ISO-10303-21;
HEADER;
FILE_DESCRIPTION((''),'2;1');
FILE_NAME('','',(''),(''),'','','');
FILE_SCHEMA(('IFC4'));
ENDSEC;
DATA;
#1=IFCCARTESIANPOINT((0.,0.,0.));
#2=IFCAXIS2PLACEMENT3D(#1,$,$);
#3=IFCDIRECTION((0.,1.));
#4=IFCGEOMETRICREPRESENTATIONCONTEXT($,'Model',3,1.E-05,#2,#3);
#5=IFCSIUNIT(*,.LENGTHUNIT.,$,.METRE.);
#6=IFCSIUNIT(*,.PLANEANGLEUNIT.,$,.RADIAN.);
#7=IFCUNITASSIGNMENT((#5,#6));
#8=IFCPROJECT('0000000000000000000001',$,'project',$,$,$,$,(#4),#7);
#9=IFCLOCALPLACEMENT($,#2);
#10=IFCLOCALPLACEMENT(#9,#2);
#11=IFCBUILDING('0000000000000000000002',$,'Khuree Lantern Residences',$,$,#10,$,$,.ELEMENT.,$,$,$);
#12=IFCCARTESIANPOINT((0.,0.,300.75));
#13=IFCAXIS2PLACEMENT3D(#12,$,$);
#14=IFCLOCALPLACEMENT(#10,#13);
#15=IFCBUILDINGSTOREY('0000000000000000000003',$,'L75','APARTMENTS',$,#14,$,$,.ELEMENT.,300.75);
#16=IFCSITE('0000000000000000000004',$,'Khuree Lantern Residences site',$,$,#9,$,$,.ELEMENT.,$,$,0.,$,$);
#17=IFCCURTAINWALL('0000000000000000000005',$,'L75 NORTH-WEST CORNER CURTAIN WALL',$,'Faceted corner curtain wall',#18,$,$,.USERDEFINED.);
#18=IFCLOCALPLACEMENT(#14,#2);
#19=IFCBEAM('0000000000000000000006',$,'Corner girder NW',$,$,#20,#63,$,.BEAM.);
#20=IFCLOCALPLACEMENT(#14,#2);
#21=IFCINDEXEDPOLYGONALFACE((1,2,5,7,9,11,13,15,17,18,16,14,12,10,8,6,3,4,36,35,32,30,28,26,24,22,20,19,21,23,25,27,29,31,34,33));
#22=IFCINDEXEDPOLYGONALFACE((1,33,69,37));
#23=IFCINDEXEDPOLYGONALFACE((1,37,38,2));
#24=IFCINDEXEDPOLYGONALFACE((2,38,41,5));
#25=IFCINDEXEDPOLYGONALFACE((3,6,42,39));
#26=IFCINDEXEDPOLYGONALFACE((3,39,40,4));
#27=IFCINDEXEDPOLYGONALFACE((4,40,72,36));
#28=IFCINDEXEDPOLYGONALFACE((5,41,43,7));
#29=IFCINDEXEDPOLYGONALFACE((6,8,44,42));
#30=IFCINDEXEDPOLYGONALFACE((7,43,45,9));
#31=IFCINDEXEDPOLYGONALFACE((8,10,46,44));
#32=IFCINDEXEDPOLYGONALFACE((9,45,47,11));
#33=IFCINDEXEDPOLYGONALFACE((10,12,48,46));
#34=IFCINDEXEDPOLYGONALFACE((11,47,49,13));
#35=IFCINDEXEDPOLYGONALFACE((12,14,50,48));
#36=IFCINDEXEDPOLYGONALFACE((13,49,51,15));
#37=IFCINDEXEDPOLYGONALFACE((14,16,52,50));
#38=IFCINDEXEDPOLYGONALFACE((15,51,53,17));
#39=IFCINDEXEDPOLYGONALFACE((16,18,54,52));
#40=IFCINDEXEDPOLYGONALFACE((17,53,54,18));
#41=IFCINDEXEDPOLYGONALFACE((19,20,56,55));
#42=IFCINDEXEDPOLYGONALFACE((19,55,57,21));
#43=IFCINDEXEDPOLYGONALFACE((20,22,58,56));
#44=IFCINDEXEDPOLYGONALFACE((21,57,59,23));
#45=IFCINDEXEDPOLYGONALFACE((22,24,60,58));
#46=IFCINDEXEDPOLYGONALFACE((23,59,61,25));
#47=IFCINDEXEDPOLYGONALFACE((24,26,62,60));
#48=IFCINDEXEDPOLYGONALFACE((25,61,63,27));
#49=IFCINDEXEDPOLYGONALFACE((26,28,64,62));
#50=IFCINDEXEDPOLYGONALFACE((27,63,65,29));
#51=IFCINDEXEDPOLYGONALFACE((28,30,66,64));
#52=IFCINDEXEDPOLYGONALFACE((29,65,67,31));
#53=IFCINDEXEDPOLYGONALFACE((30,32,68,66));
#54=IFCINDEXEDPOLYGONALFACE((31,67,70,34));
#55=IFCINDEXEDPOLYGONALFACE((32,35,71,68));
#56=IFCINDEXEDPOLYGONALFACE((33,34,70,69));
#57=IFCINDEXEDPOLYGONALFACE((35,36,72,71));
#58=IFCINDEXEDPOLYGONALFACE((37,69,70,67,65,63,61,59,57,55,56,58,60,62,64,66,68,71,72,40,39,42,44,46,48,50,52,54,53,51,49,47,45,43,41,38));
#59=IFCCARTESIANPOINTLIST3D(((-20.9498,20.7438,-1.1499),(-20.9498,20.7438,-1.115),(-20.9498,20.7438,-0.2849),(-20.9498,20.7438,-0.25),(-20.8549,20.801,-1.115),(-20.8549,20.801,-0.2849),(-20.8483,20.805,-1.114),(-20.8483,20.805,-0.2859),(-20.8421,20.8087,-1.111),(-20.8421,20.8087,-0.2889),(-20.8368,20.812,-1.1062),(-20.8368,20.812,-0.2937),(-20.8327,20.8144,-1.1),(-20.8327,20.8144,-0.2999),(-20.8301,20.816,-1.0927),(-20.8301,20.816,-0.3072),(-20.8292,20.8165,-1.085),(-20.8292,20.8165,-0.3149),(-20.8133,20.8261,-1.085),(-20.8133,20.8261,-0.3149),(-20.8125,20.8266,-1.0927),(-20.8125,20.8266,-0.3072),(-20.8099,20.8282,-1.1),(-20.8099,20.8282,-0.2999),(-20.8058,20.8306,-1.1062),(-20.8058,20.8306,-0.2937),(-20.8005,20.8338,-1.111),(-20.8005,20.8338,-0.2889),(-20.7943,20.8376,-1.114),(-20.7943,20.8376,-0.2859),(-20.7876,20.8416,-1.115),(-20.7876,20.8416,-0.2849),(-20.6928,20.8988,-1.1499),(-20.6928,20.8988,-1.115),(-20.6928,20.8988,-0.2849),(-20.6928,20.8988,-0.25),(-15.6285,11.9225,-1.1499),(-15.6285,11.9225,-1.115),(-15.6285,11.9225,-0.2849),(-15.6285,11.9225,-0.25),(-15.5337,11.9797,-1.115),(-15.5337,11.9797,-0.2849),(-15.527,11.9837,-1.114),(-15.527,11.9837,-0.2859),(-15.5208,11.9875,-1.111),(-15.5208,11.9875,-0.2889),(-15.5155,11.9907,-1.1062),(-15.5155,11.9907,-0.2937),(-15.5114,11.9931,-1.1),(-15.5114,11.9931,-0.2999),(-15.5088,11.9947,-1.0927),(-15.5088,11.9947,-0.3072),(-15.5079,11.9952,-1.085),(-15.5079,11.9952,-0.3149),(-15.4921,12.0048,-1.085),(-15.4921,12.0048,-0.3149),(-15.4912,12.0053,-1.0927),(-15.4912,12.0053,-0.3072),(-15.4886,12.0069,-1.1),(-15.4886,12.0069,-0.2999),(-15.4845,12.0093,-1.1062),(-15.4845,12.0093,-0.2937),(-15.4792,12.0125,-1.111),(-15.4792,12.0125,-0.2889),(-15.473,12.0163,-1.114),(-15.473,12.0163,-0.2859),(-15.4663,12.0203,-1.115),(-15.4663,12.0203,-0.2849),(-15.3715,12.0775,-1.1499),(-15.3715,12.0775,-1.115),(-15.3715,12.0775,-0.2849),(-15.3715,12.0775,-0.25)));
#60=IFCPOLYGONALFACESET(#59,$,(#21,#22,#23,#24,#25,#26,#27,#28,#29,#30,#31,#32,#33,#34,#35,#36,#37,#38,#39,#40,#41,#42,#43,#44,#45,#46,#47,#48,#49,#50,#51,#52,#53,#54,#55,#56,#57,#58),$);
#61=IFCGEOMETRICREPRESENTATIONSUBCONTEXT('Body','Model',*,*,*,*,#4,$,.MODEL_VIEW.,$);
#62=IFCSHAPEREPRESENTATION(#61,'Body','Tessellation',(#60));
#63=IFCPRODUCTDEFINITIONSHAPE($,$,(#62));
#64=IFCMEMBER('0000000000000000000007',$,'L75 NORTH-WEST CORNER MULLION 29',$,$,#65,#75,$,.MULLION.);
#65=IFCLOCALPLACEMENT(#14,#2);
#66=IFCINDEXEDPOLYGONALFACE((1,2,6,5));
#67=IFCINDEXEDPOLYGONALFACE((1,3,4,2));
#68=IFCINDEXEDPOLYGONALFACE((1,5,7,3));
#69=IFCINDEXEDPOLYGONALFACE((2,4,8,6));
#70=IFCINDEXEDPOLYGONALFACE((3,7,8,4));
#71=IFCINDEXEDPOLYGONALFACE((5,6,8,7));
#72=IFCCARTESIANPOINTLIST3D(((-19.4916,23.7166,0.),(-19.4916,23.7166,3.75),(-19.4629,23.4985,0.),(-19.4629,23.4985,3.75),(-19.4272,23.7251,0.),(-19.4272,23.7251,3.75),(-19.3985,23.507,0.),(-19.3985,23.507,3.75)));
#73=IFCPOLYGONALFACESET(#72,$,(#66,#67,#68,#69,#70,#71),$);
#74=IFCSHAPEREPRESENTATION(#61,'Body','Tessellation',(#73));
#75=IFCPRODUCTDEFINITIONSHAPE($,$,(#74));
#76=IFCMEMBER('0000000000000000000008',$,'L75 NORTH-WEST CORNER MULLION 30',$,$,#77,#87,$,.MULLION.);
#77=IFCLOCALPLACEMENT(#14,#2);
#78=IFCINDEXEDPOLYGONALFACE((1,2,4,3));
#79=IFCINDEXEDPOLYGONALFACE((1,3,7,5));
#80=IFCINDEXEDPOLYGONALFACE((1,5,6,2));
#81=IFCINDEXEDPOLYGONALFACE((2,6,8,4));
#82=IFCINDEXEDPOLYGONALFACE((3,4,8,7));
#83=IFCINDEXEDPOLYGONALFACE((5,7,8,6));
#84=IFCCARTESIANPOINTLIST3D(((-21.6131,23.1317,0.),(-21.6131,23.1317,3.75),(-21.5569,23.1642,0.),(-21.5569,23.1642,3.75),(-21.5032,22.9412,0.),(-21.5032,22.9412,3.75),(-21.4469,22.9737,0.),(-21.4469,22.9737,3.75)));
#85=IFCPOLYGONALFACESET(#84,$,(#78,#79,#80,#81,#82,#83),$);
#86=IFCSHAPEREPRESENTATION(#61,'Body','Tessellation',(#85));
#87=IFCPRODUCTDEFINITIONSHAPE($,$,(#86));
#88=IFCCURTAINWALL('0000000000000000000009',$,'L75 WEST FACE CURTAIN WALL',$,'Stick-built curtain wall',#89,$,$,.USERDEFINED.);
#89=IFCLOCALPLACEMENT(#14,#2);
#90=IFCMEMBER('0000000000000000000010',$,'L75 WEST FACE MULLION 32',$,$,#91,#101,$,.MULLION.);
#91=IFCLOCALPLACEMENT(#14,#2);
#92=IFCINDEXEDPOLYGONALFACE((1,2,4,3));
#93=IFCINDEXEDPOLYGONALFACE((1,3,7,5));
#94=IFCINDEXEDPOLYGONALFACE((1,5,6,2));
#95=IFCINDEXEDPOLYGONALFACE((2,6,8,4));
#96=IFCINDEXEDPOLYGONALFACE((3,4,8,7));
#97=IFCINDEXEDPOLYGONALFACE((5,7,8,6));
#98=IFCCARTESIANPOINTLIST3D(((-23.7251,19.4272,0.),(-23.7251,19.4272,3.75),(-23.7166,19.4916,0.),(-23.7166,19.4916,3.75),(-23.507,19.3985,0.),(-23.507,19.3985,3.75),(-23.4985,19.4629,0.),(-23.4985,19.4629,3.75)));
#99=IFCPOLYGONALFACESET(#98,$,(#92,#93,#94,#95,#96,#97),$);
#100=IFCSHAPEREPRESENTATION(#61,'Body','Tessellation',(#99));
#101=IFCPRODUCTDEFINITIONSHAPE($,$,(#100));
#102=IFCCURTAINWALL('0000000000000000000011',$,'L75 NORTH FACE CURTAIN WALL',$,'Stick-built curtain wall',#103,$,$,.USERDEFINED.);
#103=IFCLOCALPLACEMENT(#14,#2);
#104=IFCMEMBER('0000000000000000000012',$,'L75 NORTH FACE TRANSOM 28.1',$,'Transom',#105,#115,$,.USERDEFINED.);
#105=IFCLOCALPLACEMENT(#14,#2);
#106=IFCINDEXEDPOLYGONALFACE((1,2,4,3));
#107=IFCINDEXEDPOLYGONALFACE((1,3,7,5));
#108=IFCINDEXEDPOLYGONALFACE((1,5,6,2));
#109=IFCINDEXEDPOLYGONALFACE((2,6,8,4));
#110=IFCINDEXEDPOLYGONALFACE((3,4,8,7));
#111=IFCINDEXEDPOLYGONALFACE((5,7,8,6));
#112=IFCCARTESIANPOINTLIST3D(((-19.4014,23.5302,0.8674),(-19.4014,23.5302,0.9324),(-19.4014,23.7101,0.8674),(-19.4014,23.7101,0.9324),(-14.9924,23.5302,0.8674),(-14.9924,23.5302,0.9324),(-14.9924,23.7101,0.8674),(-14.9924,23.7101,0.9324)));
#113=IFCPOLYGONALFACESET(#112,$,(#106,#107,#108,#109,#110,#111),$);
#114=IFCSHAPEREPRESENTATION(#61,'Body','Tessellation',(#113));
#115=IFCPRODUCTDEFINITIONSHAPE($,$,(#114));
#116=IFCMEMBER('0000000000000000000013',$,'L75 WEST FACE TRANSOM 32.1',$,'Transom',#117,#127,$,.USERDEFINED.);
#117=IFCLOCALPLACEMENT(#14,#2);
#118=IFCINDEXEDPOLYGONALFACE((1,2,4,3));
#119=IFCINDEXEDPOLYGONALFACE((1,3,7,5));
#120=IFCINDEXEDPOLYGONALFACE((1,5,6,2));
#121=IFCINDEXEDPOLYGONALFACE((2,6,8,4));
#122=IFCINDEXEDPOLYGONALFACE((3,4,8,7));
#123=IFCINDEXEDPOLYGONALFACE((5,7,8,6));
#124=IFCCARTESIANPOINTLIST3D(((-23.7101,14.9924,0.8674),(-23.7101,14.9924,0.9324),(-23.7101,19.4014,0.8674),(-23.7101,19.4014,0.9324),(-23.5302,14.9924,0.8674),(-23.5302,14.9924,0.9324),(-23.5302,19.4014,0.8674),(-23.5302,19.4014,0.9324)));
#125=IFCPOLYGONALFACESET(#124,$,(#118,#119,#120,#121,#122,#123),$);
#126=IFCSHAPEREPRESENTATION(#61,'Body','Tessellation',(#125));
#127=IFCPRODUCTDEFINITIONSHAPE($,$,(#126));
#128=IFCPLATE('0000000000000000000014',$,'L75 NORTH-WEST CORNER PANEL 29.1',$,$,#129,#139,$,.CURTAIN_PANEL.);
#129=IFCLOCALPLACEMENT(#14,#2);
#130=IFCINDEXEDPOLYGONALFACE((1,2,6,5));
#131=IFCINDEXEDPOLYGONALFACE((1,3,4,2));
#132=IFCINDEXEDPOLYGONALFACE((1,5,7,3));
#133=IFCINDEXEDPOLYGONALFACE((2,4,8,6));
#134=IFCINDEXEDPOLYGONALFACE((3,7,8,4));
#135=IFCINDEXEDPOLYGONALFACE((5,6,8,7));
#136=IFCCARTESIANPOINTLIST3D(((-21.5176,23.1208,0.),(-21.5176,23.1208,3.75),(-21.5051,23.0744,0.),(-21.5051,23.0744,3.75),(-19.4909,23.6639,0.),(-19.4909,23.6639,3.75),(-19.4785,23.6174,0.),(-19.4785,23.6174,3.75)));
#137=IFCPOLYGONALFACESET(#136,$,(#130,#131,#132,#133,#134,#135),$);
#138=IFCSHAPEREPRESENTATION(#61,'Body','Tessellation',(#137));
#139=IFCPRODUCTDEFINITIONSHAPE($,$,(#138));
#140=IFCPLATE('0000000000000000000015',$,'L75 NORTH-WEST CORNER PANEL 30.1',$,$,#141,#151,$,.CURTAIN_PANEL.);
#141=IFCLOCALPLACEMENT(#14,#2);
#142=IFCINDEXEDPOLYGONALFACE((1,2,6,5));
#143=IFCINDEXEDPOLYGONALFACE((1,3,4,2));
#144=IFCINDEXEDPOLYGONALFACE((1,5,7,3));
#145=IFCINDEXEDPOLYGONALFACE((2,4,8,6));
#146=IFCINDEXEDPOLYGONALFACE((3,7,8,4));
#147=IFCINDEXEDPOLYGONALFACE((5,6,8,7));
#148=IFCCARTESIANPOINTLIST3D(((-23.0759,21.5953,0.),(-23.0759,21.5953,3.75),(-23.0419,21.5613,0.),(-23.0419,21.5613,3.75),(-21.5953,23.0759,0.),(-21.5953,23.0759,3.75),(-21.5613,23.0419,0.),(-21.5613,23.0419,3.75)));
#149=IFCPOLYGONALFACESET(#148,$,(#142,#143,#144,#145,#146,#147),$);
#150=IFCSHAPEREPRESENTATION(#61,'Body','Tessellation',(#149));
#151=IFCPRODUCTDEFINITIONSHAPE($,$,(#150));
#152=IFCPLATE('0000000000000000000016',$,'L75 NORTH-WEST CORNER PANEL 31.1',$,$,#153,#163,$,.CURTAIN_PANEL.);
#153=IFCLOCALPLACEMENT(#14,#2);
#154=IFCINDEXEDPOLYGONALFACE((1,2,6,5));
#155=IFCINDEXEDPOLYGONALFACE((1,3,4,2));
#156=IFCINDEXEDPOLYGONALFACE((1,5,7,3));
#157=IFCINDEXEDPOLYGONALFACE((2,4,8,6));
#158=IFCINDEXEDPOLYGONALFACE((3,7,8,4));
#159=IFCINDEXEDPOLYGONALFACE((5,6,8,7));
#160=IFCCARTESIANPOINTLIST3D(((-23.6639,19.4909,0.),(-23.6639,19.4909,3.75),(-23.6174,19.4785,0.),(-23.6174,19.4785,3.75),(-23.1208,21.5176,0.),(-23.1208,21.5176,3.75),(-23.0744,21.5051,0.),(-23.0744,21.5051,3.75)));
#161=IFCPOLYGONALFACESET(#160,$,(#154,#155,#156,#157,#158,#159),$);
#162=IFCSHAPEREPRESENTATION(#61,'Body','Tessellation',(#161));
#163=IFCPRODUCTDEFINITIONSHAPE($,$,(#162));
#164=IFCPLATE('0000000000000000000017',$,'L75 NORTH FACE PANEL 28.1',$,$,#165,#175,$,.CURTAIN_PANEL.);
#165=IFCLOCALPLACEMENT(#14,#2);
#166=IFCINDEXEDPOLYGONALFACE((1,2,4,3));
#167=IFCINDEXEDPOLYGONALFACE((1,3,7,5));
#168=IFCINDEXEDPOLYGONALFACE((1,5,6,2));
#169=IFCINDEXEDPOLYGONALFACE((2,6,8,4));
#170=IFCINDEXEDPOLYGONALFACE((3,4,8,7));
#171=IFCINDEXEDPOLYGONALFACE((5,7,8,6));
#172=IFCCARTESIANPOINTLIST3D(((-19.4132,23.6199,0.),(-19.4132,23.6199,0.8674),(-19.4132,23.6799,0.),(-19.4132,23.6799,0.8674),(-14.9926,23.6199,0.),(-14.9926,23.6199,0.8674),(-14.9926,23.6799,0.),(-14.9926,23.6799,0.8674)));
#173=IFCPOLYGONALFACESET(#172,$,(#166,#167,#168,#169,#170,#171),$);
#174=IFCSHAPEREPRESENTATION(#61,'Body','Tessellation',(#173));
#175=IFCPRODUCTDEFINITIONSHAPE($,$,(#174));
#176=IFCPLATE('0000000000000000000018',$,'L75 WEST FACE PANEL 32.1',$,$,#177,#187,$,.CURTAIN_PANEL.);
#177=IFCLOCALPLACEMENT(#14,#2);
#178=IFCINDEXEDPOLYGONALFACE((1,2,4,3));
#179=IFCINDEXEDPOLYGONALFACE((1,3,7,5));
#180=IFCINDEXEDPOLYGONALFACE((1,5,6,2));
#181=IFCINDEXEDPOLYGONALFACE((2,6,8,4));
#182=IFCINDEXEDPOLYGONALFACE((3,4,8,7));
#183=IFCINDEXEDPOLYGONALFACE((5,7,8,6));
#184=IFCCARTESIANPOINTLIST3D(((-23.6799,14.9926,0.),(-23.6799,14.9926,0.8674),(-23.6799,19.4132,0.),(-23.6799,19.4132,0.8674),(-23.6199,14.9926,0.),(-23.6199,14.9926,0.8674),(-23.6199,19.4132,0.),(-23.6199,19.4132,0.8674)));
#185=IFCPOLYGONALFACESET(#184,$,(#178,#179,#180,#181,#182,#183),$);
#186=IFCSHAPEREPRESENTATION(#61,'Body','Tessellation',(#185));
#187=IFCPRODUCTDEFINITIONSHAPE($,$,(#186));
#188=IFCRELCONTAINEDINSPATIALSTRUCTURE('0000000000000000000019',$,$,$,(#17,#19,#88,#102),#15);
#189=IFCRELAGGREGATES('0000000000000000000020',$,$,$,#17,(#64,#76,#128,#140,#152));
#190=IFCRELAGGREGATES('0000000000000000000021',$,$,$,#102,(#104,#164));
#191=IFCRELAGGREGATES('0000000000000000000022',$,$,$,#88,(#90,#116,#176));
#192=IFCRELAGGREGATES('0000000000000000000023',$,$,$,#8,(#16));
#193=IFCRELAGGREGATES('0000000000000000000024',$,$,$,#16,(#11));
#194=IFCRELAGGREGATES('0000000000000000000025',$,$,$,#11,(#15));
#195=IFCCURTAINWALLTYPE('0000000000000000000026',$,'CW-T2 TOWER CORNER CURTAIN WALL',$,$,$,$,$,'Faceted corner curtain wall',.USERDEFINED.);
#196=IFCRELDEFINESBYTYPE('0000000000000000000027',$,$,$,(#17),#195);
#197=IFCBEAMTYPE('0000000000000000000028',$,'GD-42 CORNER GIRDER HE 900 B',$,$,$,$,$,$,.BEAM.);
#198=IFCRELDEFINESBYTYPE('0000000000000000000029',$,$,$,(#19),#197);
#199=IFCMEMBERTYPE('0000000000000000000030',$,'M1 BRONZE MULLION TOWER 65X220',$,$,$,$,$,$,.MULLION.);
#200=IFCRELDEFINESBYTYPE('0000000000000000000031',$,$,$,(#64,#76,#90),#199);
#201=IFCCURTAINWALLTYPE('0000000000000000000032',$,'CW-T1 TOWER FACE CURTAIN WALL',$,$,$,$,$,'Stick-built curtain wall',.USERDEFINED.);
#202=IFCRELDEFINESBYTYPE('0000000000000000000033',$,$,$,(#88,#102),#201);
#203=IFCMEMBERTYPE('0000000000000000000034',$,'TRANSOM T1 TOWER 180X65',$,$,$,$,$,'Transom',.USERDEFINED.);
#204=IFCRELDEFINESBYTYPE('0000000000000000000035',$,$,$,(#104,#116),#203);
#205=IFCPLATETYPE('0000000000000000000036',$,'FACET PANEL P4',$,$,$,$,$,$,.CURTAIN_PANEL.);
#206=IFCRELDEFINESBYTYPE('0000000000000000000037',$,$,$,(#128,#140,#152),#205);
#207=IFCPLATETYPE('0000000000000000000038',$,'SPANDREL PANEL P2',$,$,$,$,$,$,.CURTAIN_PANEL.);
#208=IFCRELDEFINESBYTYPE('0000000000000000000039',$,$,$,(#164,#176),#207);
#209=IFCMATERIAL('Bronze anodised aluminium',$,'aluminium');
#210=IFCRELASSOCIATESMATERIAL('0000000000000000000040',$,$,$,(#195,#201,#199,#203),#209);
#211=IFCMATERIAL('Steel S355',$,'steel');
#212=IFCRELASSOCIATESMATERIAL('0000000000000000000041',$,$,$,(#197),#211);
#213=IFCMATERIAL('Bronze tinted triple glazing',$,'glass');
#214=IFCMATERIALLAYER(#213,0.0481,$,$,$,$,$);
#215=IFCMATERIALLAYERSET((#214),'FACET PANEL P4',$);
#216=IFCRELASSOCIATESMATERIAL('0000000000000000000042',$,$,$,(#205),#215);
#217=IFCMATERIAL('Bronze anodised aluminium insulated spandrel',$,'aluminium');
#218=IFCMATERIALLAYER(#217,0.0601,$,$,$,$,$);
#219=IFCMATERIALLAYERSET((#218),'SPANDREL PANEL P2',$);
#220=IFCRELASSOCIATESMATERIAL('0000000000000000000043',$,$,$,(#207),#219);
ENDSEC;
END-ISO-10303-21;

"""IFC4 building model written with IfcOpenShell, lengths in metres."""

from ifc_helpers import new_model, si_unit, direction, frame, origin, origin_2d, place, context, subcontext, project, spatial, rectangle, i_section, extrude, material, layer, layer_set, material_profile, profile_set, type_object, element, aggregate, save


model = new_model("IFC4")

# Units and contexts
model_context = context("Model", 3, precision=1e-05, world=origin(), true_north=direction((0.0, 1.0)))
body_context = subcontext(model_context, "Body", "Model", "MODEL_VIEW")
ifc_project = project(units=[si_unit("LENGTHUNIT", "METRE"), si_unit("PLANEANGLEUNIT", "RADIAN")], contexts=[model_context])

# Site, building, storey
site_placement = place(None, origin())
site = spatial("IfcSite", under=ifc_project, at=site_placement, Name="Khuree Lantern Residences site", CompositionType="ELEMENT", RefElevation=0.0)
building_placement = place(site_placement, origin())
building = spatial("IfcBuilding", under=site, at=building_placement, Name="Khuree Lantern Residences", CompositionType="ELEMENT")
storey_placement = place(building_placement, frame((0.0, 0.0, 300.75)))
storey = spatial("IfcBuildingStorey", under=building, at=storey_placement, Name="L75", Description="APARTMENTS", CompositionType="ELEMENT", Elevation=300.75)

# Shared definitions
ifc_material_1 = material(Name="Steel S355", Category="steel")

# Curtain wall
ifc_material_2 = material(Name="Bronze anodised aluminium", Category="aluminium")
curtain_wall_type_1 = type_object("IfcCurtainWallType", Name="CW-T2 TOWER CORNER CURTAIN WALL", ElementType="Faceted corner curtain wall", PredefinedType="USERDEFINED", material=ifc_material_2)
curtain_wall_1_placement = place(storey_placement, origin())
curtain_wall_1 = element("IfcCurtainWall", 1, at=curtain_wall_1_placement, inside=storey, type_object=curtain_wall_type_1, Name="L75 NORTH-WEST CORNER CURTAIN WALL", ObjectType="Faceted corner curtain wall", PredefinedType="USERDEFINED")

# Beam
ifc_material_profile_1 = material_profile(ifc_material_1, i_section(OverallWidth=0.3, OverallDepth=0.8999, WebThickness=0.0186, FlangeThickness=0.0349, FilletRadius=0.03, at=origin_2d()), Name="HE 900 B")
ifc_profile_set_1 = profile_set([ifc_material_profile_1], Name="Steel S355")
beam_type_1 = type_object("IfcBeamType", Name="GD-42 CORNER GIRDER HE 900 B", PredefinedType="BEAM", material=ifc_profile_set_1)
beam_1_placement = place(storey_placement, frame((-20.8213, 20.8213, -0.7), z_axis=(0.51653, -0.856269, 0.0), x_axis=(0.856269, 0.51653, 0.0)))
element("IfcBeam", 2, at=beam_1_placement, inside=storey, type_object=beam_type_1, Name="Corner girder NW", PredefinedType="BEAM", context=body_context, shape_type="SweptSolid", body=[
    extrude(i_section(OverallWidth=0.3, OverallDepth=0.8999, WebThickness=0.0186, FlangeThickness=0.0349, FilletRadius=0.03, at=origin_2d()), origin(), (0.0, 0.0, 1.0), 10.302),
])

# Members
ifc_material_profile_2 = material_profile(ifc_material_2, rectangle(XDim=0.0649, YDim=0.22, at=origin_2d()), Name="M1 65X220")
ifc_profile_set_2 = profile_set([ifc_material_profile_2], Name="Bronze anodised aluminium")
member_type_1 = type_object("IfcMemberType", Name="M1 BRONZE MULLION TOWER 65X220", PredefinedType="MULLION", material=ifc_profile_set_2)
member_1_placement = place(storey_placement, frame((-19.4451, 23.6118, 0.0), z_axis=(0.0, 0.0, 1.0), x_axis=(-0.991445, -0.130526, 0.0)))
member_1 = element("IfcMember", 3, at=member_1_placement, type_object=member_type_1, Name="L75 NORTH-WEST CORNER MULLION 29", PredefinedType="MULLION", context=body_context, shape_type="SweptSolid", body=[
    extrude(rectangle(XDim=0.0649, YDim=0.22, at=origin_2d()), origin(), (0.0, 0.0, 1.0), 3.75),
])
member_2_placement = place(storey_placement, frame((-21.53, 23.0527, 0.0), z_axis=(0.0, 0.0, 1.0), x_axis=(-0.866025, -0.5, 0.0)))
member_2 = element("IfcMember", 4, at=member_2_placement, type_object=member_type_1, Name="L75 NORTH-WEST CORNER MULLION 30", PredefinedType="MULLION", context=body_context, shape_type="SweptSolid", body=[
    extrude(rectangle(XDim=0.0649, YDim=0.22, at=origin_2d()), origin(), (0.0, 0.0, 1.0), 3.75),
])

# Curtain walls, members
curtain_wall_type_2 = type_object("IfcCurtainWallType", Name="CW-T1 TOWER FACE CURTAIN WALL", ElementType="Stick-built curtain wall", PredefinedType="USERDEFINED", material=ifc_material_2)
curtain_wall_2_placement = place(storey_placement, origin())
curtain_wall_2 = element("IfcCurtainWall", 5, at=curtain_wall_2_placement, inside=storey, type_object=curtain_wall_type_2, Name="L75 WEST FACE CURTAIN WALL", ObjectType="Stick-built curtain wall", PredefinedType="USERDEFINED")
member_3_placement = place(storey_placement, frame((-23.6118, 19.4451, 0.0), z_axis=(0.0, 0.0, 1.0), x_axis=(-0.130526, -0.991445, 0.0)))
member_3 = element("IfcMember", 6, at=member_3_placement, type_object=member_type_1, Name="L75 WEST FACE MULLION 32", PredefinedType="MULLION", context=body_context, shape_type="SweptSolid", body=[
    extrude(rectangle(XDim=0.0649, YDim=0.22, at=origin_2d()), origin(), (0.0, 0.0, 1.0), 3.75),
])
curtain_wall_3_placement = place(storey_placement, origin())
curtain_wall_3 = element("IfcCurtainWall", 7, at=curtain_wall_3_placement, inside=storey, type_object=curtain_wall_type_2, Name="L75 NORTH FACE CURTAIN WALL", ObjectType="Stick-built curtain wall", PredefinedType="USERDEFINED")
ifc_material_profile_3 = material_profile(ifc_material_2, rectangle(XDim=0.1799, YDim=0.0649, at=origin_2d()), Name="T1 180X65")
ifc_profile_set_3 = profile_set([ifc_material_profile_3], Name="Bronze anodised aluminium")
member_type_2 = type_object("IfcMemberType", Name="TRANSOM T1 TOWER 180X65", ElementType="Transom", PredefinedType="USERDEFINED", material=ifc_profile_set_3)
member_4_placement = place(storey_placement, frame((-14.9924, 23.6201, 0.8999), z_axis=(-1.0, 0.0, 0.0), x_axis=(0.0, -1.0, 0.0)))
member_4 = element("IfcMember", 8, at=member_4_placement, type_object=member_type_2, Name="L75 NORTH FACE TRANSOM 28.1", ObjectType="Transom", PredefinedType="USERDEFINED", context=body_context, shape_type="SweptSolid", body=[
    extrude(rectangle(XDim=0.1799, YDim=0.0649, at=origin_2d()), origin(), (0.0, 0.0, 1.0), 4.4089),
])

# Member
member_5_placement = place(storey_placement, frame((-23.6201, 19.4014, 0.8999), z_axis=(0.0, -1.0, 0.0), x_axis=(1.0, 0.0, 0.0)))
member_5 = element("IfcMember", 9, at=member_5_placement, type_object=member_type_2, Name="L75 WEST FACE TRANSOM 32.1", ObjectType="Transom", PredefinedType="USERDEFINED", context=body_context, shape_type="SweptSolid", body=[
    extrude(rectangle(XDim=0.1799, YDim=0.0649, at=origin_2d()), origin(), (0.0, 0.0, 1.0), 4.4089),
])

# Plates
ifc_material_3 = material(Name="Bronze tinted triple glazing", Category="glass")
ifc_layer_1 = layer(ifc_material_3, 0.0481)
ifc_layer_set_1 = layer_set([ifc_layer_1], Name="FACET PANEL P4")
plate_type_1 = type_object("IfcPlateType", Name="FACET PANEL P4", PredefinedType="CURTAIN_PANEL", material=ifc_layer_set_1)
plate_1_placement = place(storey_placement, frame((-20.498, 23.3691, 0.0), z_axis=(0.0, 0.0, 1.0), x_axis=(-0.965926, -0.258819, 0.0)))
plate_1 = element("IfcPlate", 10, at=plate_1_placement, type_object=plate_type_1, Name="L75 NORTH-WEST CORNER PANEL 29.1", PredefinedType="CURTAIN_PANEL", context=body_context, shape_type="SweptSolid", body=[
    extrude(rectangle(XDim=2.0981, YDim=0.0481, at=origin_2d()), origin(), (0.0, 0.0, 1.0), 3.75),
])
plate_2_placement = place(storey_placement, frame((-22.3186, 22.3186, 0.0), z_axis=(0.0, 0.0, 1.0), x_axis=(-0.707107, -0.707107, 0.0)))
plate_2 = element("IfcPlate", 11, at=plate_2_placement, type_object=plate_type_1, Name="L75 NORTH-WEST CORNER PANEL 30.1", PredefinedType="CURTAIN_PANEL", context=body_context, shape_type="SweptSolid", body=[
    extrude(rectangle(XDim=2.094, YDim=0.0481, at=origin_2d()), origin(), (0.0, 0.0, 1.0), 3.75),
])
plate_3_placement = place(storey_placement, frame((-23.3691, 20.498, 0.0), z_axis=(0.0, 0.0, 1.0), x_axis=(-0.258819, -0.965926, 0.0)))
plate_3 = element("IfcPlate", 12, at=plate_3_placement, type_object=plate_type_1, Name="L75 NORTH-WEST CORNER PANEL 31.1", PredefinedType="CURTAIN_PANEL", context=body_context, shape_type="SweptSolid", body=[
    extrude(rectangle(XDim=2.0981, YDim=0.0481, at=origin_2d()), origin(), (0.0, 0.0, 1.0), 3.75),
])
aggregate(curtain_wall_1, [member_1, member_2, plate_1, plate_2, plate_3])
ifc_material_4 = material(Name="Bronze anodised aluminium insulated spandrel", Category="aluminium")
ifc_layer_2 = layer(ifc_material_4, 0.0601)
ifc_layer_set_2 = layer_set([ifc_layer_2], Name="SPANDREL PANEL P2")
plate_type_2 = type_object("IfcPlateType", Name="SPANDREL PANEL P2", PredefinedType="CURTAIN_PANEL", material=ifc_layer_set_2)
plate_4_placement = place(storey_placement, frame((-17.2029, 23.6499, 0.0), z_axis=(0.0, 0.0, 1.0), x_axis=(-1.0, 0.0, 0.0)))
plate_4 = element("IfcPlate", 13, at=plate_4_placement, type_object=plate_type_2, Name="L75 NORTH FACE PANEL 28.1", PredefinedType="CURTAIN_PANEL", context=body_context, shape_type="SweptSolid", body=[
    extrude(rectangle(XDim=4.4207, YDim=0.0601, at=origin_2d()), origin(), (0.0, 0.0, 1.0), 0.8674),
])
plate_5_placement = place(storey_placement, frame((-23.6499, 17.2029, 0.0), z_axis=(0.0, 0.0, 1.0), x_axis=(0.0, -1.0, 0.0)))
plate_5 = element("IfcPlate", 14, at=plate_5_placement, type_object=plate_type_2, Name="L75 WEST FACE PANEL 32.1", PredefinedType="CURTAIN_PANEL", context=body_context, shape_type="SweptSolid", body=[
    extrude(rectangle(XDim=4.4207, YDim=0.0601, at=origin_2d()), origin(), (0.0, 0.0, 1.0), 0.8674),
])
aggregate(curtain_wall_3, [member_4, plate_4])
aggregate(curtain_wall_2, [member_3, member_5, plate_5])

save(model, "model.ifc")
